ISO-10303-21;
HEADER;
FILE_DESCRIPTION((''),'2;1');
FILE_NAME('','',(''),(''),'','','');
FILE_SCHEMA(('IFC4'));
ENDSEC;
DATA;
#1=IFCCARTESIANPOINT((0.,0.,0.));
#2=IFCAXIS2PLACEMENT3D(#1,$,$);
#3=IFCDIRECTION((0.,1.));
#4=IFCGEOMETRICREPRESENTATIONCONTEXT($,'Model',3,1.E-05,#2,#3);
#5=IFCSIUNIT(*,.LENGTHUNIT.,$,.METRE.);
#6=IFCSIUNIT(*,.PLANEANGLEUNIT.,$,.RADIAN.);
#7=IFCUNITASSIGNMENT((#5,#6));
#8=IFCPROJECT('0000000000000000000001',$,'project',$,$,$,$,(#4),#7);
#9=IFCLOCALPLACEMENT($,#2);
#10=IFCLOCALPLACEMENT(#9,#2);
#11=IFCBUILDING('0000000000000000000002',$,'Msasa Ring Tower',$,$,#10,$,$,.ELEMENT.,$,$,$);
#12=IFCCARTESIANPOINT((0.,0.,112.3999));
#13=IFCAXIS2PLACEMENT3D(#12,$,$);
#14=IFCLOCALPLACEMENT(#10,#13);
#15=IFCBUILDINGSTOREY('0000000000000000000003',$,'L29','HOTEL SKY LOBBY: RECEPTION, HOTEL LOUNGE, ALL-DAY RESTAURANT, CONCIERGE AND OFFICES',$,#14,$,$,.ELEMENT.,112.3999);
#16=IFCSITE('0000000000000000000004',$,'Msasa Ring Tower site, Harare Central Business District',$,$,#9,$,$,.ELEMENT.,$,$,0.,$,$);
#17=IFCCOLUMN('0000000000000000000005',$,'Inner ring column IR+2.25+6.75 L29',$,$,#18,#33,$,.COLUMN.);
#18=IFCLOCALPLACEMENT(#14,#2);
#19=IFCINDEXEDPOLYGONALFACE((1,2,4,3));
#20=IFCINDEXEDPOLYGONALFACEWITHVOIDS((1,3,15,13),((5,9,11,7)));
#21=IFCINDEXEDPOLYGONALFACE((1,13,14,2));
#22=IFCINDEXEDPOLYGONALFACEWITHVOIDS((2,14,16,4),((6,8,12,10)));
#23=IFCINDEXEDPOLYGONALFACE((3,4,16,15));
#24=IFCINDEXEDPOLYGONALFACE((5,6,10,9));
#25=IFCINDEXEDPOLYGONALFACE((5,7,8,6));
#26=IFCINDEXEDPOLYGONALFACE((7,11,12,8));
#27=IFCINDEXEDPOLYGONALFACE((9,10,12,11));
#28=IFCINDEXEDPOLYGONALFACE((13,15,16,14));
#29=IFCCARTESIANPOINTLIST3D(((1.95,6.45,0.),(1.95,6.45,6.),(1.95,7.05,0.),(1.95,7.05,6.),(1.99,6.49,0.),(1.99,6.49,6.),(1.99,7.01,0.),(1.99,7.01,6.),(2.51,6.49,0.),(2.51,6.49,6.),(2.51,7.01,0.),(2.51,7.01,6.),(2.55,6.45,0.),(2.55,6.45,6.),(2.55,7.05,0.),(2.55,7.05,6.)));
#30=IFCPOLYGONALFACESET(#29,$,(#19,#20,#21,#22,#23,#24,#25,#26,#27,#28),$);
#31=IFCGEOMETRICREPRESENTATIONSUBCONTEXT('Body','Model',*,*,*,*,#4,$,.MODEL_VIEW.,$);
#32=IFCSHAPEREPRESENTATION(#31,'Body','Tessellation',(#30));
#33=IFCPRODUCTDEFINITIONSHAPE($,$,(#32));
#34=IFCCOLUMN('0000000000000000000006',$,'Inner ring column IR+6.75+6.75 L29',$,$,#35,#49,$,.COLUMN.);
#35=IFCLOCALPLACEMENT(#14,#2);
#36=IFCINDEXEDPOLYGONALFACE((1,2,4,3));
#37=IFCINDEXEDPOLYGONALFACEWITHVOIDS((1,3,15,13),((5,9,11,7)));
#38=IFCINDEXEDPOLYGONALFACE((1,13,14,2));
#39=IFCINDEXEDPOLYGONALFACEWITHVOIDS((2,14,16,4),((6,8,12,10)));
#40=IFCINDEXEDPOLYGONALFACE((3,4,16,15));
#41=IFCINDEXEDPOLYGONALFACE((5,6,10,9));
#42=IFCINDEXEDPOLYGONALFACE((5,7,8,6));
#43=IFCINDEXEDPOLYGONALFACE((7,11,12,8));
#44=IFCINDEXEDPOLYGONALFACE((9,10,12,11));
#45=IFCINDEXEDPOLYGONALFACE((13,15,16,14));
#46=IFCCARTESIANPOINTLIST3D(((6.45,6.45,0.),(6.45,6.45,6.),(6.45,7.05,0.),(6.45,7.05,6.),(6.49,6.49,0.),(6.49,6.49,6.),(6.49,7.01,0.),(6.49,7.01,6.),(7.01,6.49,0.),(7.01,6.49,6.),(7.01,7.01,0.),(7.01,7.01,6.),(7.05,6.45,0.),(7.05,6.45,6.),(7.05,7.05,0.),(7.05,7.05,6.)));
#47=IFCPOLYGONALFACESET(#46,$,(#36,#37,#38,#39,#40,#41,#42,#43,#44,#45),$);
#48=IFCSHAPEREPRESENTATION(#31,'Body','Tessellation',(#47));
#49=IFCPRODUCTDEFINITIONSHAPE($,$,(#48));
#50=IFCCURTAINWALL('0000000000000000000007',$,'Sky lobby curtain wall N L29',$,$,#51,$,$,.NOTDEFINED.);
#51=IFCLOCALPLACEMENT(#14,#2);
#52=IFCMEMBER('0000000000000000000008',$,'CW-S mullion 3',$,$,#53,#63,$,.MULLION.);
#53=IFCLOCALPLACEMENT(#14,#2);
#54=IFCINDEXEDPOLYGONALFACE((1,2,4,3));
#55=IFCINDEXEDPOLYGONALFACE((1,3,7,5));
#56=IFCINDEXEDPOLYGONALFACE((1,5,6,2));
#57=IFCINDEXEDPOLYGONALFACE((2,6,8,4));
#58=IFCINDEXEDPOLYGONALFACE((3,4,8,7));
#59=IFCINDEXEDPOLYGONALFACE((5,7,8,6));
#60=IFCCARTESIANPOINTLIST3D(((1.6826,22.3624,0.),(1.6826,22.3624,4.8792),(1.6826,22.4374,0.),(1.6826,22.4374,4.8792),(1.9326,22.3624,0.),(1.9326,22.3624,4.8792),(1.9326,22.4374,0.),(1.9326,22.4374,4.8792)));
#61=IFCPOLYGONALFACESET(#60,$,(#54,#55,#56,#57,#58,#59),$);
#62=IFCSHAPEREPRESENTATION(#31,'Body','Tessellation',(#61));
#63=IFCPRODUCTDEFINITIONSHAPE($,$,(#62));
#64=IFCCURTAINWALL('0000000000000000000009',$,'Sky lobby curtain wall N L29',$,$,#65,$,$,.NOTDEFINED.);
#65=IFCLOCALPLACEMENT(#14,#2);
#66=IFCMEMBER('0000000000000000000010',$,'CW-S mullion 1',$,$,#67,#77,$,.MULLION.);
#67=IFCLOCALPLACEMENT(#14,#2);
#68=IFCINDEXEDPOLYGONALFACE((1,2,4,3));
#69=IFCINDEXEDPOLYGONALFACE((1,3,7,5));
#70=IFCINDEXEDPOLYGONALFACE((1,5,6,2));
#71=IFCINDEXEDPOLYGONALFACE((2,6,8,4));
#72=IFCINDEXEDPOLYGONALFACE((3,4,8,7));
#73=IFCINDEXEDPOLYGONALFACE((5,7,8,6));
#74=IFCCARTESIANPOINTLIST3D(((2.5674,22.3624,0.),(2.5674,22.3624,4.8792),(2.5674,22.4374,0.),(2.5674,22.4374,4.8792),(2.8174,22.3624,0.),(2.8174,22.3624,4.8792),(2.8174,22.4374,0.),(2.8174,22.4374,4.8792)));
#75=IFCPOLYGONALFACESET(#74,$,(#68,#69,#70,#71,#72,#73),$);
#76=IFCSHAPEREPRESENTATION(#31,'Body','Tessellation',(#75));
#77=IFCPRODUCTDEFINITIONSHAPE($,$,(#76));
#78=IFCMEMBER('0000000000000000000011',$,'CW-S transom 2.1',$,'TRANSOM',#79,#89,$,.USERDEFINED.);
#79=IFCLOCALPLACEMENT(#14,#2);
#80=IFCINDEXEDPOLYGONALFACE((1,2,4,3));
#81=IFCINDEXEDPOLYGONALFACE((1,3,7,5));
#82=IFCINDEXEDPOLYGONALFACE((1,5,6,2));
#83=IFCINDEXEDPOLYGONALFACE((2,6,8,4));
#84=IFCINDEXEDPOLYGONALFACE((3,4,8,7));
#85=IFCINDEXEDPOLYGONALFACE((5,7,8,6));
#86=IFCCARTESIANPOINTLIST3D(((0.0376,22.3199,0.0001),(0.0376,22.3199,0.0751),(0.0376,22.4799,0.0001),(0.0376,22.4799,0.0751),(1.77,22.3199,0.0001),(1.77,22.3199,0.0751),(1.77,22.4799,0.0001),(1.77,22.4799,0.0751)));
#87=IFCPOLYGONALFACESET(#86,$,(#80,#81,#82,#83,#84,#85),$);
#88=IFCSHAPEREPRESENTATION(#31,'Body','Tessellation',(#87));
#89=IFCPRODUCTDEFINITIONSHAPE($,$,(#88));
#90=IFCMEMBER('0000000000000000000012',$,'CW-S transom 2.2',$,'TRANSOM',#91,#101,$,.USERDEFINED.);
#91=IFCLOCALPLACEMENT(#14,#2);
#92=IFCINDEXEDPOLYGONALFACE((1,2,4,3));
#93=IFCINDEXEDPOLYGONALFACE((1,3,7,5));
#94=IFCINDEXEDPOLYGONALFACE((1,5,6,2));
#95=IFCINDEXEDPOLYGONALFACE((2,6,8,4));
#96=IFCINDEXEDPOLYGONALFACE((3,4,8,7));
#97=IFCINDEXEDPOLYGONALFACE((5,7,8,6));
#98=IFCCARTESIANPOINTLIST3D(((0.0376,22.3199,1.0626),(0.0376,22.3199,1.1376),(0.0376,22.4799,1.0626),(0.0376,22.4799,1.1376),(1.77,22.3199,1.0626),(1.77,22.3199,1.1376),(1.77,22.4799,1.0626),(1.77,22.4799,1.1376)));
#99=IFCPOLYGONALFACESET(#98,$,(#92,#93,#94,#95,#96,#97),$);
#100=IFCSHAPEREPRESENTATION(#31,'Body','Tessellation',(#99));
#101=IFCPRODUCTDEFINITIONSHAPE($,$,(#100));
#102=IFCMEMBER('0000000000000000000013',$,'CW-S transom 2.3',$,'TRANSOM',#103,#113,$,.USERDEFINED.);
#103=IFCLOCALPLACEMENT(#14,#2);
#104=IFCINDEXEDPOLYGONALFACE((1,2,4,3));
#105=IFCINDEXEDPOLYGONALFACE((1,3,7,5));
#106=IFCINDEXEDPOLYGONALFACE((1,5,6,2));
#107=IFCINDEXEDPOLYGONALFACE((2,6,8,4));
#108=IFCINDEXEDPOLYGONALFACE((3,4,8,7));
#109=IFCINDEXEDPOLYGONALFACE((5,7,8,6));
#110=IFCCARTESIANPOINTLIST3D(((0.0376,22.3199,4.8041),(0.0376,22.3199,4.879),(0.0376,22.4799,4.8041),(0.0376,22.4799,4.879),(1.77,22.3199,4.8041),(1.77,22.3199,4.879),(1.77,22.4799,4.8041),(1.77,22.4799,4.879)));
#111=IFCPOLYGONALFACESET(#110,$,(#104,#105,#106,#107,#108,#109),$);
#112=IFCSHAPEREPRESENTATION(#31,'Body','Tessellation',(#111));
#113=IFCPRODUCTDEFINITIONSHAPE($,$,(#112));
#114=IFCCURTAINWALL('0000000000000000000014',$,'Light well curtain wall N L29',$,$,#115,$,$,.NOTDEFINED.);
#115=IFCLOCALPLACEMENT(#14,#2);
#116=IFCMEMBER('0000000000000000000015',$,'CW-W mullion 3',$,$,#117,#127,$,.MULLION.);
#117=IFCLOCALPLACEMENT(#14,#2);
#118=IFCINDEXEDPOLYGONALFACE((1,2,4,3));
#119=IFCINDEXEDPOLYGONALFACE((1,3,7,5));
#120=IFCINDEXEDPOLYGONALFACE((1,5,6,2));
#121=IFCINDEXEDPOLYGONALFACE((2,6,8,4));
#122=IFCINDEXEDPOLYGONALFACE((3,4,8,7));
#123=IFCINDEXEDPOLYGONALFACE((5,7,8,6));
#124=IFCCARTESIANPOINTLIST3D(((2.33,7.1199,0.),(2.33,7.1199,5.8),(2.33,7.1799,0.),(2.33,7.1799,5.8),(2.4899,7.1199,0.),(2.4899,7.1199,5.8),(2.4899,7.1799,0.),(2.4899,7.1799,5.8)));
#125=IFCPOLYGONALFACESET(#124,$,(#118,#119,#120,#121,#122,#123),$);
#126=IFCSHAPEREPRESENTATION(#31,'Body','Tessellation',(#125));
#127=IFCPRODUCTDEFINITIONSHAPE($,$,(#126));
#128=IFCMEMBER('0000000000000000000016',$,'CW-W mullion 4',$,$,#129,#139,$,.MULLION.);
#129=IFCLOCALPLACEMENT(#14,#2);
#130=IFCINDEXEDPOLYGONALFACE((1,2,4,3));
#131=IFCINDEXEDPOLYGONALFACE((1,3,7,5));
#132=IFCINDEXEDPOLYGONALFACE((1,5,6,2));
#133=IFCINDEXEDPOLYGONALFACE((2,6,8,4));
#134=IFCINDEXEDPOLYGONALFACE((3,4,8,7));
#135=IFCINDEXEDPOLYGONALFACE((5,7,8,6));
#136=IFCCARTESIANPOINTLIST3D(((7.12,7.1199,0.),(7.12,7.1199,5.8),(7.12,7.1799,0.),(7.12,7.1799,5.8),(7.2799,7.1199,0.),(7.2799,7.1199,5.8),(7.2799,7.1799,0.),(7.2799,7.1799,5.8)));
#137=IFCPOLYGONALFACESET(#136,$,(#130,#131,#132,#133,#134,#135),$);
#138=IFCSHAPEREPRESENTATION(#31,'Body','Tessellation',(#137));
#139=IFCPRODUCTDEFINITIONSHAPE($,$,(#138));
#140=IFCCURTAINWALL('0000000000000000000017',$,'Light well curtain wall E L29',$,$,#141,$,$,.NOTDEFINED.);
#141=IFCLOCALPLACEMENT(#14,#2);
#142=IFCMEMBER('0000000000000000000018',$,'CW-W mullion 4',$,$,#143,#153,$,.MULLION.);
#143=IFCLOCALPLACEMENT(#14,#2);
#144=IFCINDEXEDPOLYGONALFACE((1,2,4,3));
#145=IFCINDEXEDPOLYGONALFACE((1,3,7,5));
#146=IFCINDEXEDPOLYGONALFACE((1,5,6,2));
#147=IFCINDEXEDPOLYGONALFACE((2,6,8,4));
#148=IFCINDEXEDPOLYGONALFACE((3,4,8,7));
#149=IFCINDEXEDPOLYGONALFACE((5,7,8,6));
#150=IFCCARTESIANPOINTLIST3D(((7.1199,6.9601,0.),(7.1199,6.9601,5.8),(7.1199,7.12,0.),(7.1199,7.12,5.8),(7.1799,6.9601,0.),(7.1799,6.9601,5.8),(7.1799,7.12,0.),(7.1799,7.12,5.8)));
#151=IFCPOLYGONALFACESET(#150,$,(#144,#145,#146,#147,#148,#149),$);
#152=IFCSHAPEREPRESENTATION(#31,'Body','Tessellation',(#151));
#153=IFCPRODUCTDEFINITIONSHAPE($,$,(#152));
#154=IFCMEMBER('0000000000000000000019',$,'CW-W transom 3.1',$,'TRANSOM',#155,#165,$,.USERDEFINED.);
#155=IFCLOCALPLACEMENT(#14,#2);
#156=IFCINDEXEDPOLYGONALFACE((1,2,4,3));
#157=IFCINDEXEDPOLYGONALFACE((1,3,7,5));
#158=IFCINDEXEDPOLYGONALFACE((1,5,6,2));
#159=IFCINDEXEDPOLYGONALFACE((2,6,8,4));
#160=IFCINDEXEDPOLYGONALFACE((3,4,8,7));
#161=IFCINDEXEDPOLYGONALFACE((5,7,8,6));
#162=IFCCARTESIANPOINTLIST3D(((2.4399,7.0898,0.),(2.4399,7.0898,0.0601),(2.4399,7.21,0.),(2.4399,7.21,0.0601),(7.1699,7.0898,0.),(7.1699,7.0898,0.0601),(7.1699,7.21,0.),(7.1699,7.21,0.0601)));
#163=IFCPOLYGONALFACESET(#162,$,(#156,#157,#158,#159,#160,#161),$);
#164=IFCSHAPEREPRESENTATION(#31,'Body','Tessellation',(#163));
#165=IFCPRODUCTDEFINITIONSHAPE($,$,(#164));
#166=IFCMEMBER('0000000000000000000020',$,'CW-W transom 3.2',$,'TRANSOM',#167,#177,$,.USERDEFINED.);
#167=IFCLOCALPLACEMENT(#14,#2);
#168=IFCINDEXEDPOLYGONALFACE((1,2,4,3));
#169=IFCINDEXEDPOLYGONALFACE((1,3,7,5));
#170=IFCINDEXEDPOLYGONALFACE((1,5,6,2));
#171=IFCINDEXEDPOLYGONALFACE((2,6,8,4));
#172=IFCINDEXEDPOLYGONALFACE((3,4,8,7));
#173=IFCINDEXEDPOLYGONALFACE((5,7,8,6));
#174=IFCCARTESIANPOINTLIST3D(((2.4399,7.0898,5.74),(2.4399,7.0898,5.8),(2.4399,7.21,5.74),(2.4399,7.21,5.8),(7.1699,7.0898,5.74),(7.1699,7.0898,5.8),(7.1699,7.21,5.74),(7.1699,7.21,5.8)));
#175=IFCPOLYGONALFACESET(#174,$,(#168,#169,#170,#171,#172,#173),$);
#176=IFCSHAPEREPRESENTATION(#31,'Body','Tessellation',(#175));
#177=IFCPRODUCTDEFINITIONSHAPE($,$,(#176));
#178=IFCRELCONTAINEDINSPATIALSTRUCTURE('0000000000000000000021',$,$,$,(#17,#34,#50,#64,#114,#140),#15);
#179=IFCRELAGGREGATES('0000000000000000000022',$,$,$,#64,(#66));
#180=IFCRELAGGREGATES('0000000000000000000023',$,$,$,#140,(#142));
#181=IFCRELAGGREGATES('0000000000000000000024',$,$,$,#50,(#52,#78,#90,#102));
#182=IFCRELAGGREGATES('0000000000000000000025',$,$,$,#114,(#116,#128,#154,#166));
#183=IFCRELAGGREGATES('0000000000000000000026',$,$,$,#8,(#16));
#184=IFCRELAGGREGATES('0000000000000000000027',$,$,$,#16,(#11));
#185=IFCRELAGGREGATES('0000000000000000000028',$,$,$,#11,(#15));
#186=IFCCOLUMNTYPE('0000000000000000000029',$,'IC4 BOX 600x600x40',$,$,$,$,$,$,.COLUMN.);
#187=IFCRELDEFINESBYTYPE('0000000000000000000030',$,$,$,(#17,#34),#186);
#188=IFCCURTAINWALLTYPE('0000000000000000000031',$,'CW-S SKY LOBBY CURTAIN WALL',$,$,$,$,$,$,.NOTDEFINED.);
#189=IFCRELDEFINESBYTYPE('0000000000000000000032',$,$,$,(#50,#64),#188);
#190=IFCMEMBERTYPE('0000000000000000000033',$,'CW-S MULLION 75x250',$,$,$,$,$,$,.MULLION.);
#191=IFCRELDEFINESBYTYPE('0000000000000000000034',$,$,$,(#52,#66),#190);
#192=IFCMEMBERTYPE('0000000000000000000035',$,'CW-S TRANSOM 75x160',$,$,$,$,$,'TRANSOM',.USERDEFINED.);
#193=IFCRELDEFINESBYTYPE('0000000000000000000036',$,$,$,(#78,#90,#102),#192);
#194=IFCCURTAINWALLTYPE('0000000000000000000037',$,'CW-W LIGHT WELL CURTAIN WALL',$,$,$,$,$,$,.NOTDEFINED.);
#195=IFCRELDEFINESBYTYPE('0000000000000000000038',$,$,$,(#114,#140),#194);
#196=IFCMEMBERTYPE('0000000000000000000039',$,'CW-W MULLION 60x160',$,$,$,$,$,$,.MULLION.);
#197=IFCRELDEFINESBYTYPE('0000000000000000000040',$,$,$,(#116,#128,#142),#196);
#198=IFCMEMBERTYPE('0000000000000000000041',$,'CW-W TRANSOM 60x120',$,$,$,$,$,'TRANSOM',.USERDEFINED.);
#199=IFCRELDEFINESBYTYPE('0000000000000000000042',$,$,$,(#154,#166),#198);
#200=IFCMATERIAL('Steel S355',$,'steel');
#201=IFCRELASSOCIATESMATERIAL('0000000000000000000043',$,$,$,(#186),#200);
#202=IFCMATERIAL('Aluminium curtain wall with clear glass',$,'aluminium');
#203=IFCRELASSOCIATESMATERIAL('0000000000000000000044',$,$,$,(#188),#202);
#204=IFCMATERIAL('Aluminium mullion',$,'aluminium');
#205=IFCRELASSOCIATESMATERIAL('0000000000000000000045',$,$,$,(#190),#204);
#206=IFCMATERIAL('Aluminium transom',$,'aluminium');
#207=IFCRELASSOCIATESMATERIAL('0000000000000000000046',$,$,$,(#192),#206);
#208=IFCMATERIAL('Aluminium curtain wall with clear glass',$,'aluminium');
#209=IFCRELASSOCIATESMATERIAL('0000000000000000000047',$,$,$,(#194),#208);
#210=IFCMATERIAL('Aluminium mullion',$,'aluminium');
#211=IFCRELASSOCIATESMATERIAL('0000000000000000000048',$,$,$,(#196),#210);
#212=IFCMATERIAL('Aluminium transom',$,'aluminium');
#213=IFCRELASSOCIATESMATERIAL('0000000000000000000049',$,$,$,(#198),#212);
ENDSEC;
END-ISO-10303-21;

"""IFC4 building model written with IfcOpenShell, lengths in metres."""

from ifc_helpers import new_model, si_unit, direction, frame, origin, origin_2d, place, context, subcontext, project, spatial, rectangle, hollow_rectangle, extrude, material, material_profile, profile_set, type_object, element, aggregate, save


model = new_model("IFC4")

# Units and contexts
model_context = context("Model", 3, precision=1e-05, world=origin(), true_north=direction((0.0, 1.0)))
body_context = subcontext(model_context, "Body", "Model", "MODEL_VIEW")
ifc_project = project(units=[si_unit("LENGTHUNIT", "METRE"), si_unit("PLANEANGLEUNIT", "RADIAN")], contexts=[model_context])

# Site, building, storey
site_placement = place(None, origin())
site = spatial("IfcSite", under=ifc_project, at=site_placement, Name="Msasa Ring Tower site, Harare Central Business District", CompositionType="ELEMENT", RefElevation=0.0)
building_placement = place(site_placement, origin())
building = spatial("IfcBuilding", under=site, at=building_placement, Name="Msasa Ring Tower", CompositionType="ELEMENT")
storey_placement = place(building_placement, frame((0.0, 0.0, 112.3999)))
storey = spatial("IfcBuildingStorey", under=building, at=storey_placement, Name="L29", Description="HOTEL SKY LOBBY: RECEPTION, HOTEL LOUNGE, ALL-DAY RESTAURANT, CONCIERGE AND OFFICES", CompositionType="ELEMENT", Elevation=112.3999)

# Columns
ifc_material_1 = material(Name="Steel S355", Category="steel")
ifc_material_profile_1 = material_profile(ifc_material_1, hollow_rectangle(XDim=0.6001, YDim=0.6001, WallThickness=0.04, at=origin_2d()), Name="BOX 600x600x40")
ifc_profile_set_1 = profile_set([ifc_material_profile_1], Name="Steel S355")
column_type = type_object("IfcColumnType", Name="IC4 BOX 600x600x40", PredefinedType="COLUMN", material=ifc_profile_set_1)
for number, where, z_axis, x_axis, name in (
    (1, (2.25, 6.75, 0.0), (0.0, 0.0, 1.0), (1.0, 0.0, 0.0), "Inner ring column IR+2.25+6.75 L29"),
    (2, (6.75, 6.75, 0.0), (0.0, 0.0, 1.0), (1.0, 0.0, 0.0), "Inner ring column IR+6.75+6.75 L29"),
):
    element("IfcColumn", number, at=place(storey_placement, frame(where, z_axis=z_axis, x_axis=x_axis)), inside=storey, type_object=column_type, Name=name, PredefinedType="COLUMN", context=body_context, shape_type="SweptSolid", body=[
        extrude(hollow_rectangle(XDim=0.6001, YDim=0.6001, WallThickness=0.04, at=origin_2d()), origin(), (0.0, 0.0, 1.0), 6.0),
    ])

# Curtain walls, members
ifc_material_2 = material(Name="Aluminium curtain wall with clear glass", Category="aluminium")
curtain_wall_type_1 = type_object("IfcCurtainWallType", Name="CW-S SKY LOBBY CURTAIN WALL", PredefinedType="NOTDEFINED", material=ifc_material_2)
curtain_wall_1_placement = place(storey_placement, origin())
curtain_wall_1 = element("IfcCurtainWall", 3, at=curtain_wall_1_placement, inside=storey, type_object=curtain_wall_type_1, Name="Sky lobby curtain wall N L29", PredefinedType="NOTDEFINED")
ifc_material_3 = material(Name="Aluminium mullion", Category="aluminium")
ifc_material_profile_2 = material_profile(ifc_material_3, rectangle(XDim=0.075, YDim=0.25, at=origin_2d()), Name="AL 75x250")
ifc_profile_set_2 = profile_set([ifc_material_profile_2], Name="Aluminium mullion")
member_type_1 = type_object("IfcMemberType", Name="CW-S MULLION 75x250", PredefinedType="MULLION", material=ifc_profile_set_2)
member_1_placement = place(storey_placement, frame((1.8076, 22.3999, 0.0), z_axis=(0.0, 0.0, 1.0), x_axis=(0.0, 1.0, 0.0)))
member_1 = element("IfcMember", 4, at=member_1_placement, type_object=member_type_1, Name="CW-S mullion 3", PredefinedType="MULLION", context=body_context, shape_type="SweptSolid", body=[
    extrude(rectangle(XDim=0.075, YDim=0.25, at=origin_2d()), origin(), (0.0, 0.0, 1.0), 4.8792),
])
curtain_wall_2_placement = place(storey_placement, origin())
curtain_wall_2 = element("IfcCurtainWall", 5, at=curtain_wall_2_placement, inside=storey, type_object=curtain_wall_type_1, Name="Sky lobby curtain wall N L29", PredefinedType="NOTDEFINED")
member_2_placement = place(storey_placement, frame((2.6924, 22.3999, 0.0), z_axis=(0.0, 0.0, 1.0), x_axis=(0.0, 1.0, 0.0)))
member_2 = element("IfcMember", 6, at=member_2_placement, type_object=member_type_1, Name="CW-S mullion 1", PredefinedType="MULLION", context=body_context, shape_type="SweptSolid", body=[
    extrude(rectangle(XDim=0.075, YDim=0.25, at=origin_2d()), origin(), (0.0, 0.0, 1.0), 4.8792),
])
aggregate(curtain_wall_2, [member_2])

# Members
ifc_material_4 = material(Name="Aluminium transom", Category="aluminium")
ifc_material_profile_3 = material_profile(ifc_material_4, rectangle(XDim=0.1599, YDim=0.075, at=origin_2d()), Name="AL 75x160")
ifc_profile_set_3 = profile_set([ifc_material_profile_3], Name="Aluminium transom")
member_type_2 = type_object("IfcMemberType", Name="CW-S TRANSOM 75x160", ElementType="TRANSOM", PredefinedType="USERDEFINED", material=ifc_profile_set_3)
member_3_placement = place(storey_placement, frame((0.0376, 22.3999, 0.0376), z_axis=(1.0, 0.0, 0.0), x_axis=(0.0, 1.0, 0.0)))
member_3 = element("IfcMember", 7, at=member_3_placement, type_object=member_type_2, Name="CW-S transom 2.1", ObjectType="TRANSOM", PredefinedType="USERDEFINED", context=body_context, shape_type="SweptSolid", body=[
    extrude(rectangle(XDim=0.1599, YDim=0.075, at=origin_2d()), origin(), (0.0, 0.0, 1.0), 1.7324),
])
member_4_placement = place(storey_placement, frame((0.0376, 22.3999, 1.1001), z_axis=(1.0, 0.0, 0.0), x_axis=(0.0, 1.0, 0.0)))
member_4 = element("IfcMember", 8, at=member_4_placement, type_object=member_type_2, Name="CW-S transom 2.2", ObjectType="TRANSOM", PredefinedType="USERDEFINED", context=body_context, shape_type="SweptSolid", body=[
    extrude(rectangle(XDim=0.1599, YDim=0.075, at=origin_2d()), origin(), (0.0, 0.0, 1.0), 1.7324),
])
member_5_placement = place(storey_placement, frame((0.0376, 22.3999, 4.8416), z_axis=(1.0, 0.0, 0.0), x_axis=(0.0, 1.0, 0.0)))
member_5 = element("IfcMember", 9, at=member_5_placement, type_object=member_type_2, Name="CW-S transom 2.3", ObjectType="TRANSOM", PredefinedType="USERDEFINED", context=body_context, shape_type="SweptSolid", body=[
    extrude(rectangle(XDim=0.1599, YDim=0.075, at=origin_2d()), origin(), (0.0, 0.0, 1.0), 1.7324),
])

# Curtain wall, members
ifc_material_5 = material(Name="Aluminium curtain wall with clear glass", Category="aluminium")
curtain_wall_type_2 = type_object("IfcCurtainWallType", Name="CW-W LIGHT WELL CURTAIN WALL", PredefinedType="NOTDEFINED", material=ifc_material_5)
curtain_wall_3_placement = place(storey_placement, origin())
curtain_wall_3 = element("IfcCurtainWall", 10, at=curtain_wall_3_placement, inside=storey, type_object=curtain_wall_type_2, Name="Light well curtain wall N L29", PredefinedType="NOTDEFINED")
ifc_material_6 = material(Name="Aluminium mullion", Category="aluminium")
ifc_material_profile_4 = material_profile(ifc_material_6, rectangle(XDim=0.0601, YDim=0.1599, at=origin_2d()), Name="AL 60x160")
ifc_profile_set_4 = profile_set([ifc_material_profile_4], Name="Aluminium mullion")
member_type_3 = type_object("IfcMemberType", Name="CW-W MULLION 60x160", PredefinedType="MULLION", material=ifc_profile_set_4)
member_6_placement = place(storey_placement, frame((2.4099, 7.1499, 0.0), z_axis=(0.0, 0.0, 1.0), x_axis=(0.0, 1.0, 0.0)))
member_6 = element("IfcMember", 11, at=member_6_placement, type_object=member_type_3, Name="CW-W mullion 3", PredefinedType="MULLION", context=body_context, shape_type="SweptSolid", body=[
    extrude(rectangle(XDim=0.0601, YDim=0.1599, at=origin_2d()), origin(), (0.0, 0.0, 1.0), 5.8),
])
member_7_placement = place(storey_placement, frame((7.2, 7.1499, 0.0), z_axis=(0.0, 0.0, 1.0), x_axis=(0.0, 1.0, 0.0)))
member_7 = element("IfcMember", 12, at=member_7_placement, type_object=member_type_3, Name="CW-W mullion 4", PredefinedType="MULLION", context=body_context, shape_type="SweptSolid", body=[
    extrude(rectangle(XDim=0.0601, YDim=0.1599, at=origin_2d()), origin(), (0.0, 0.0, 1.0), 5.8),
])

# Curtain wall, member
curtain_wall_4_placement = place(storey_placement, origin())
curtain_wall_4 = element("IfcCurtainWall", 13, at=curtain_wall_4_placement, inside=storey, type_object=curtain_wall_type_2, Name="Light well curtain wall E L29", PredefinedType="NOTDEFINED")
member_8_placement = place(storey_placement, frame((7.1499, 7.04, 0.0), z_axis=(0.0, 0.0, 1.0), x_axis=(-1.0, 0.0, 0.0)))
member_8 = element("IfcMember", 14, at=member_8_placement, type_object=member_type_3, Name="CW-W mullion 4", PredefinedType="MULLION", context=body_context, shape_type="SweptSolid", body=[
    extrude(rectangle(XDim=0.0601, YDim=0.1599, at=origin_2d()), origin(), (0.0, 0.0, 1.0), 5.8),
])
aggregate(curtain_wall_4, [member_8])

# Members
ifc_material_7 = material(Name="Aluminium transom", Category="aluminium")
ifc_material_profile_5 = material_profile(ifc_material_7, rectangle(XDim=0.1201, YDim=0.0601, at=origin_2d()), Name="AL 60x120")
ifc_profile_set_5 = profile_set([ifc_material_profile_5], Name="Aluminium transom")
member_type_4 = type_object("IfcMemberType", Name="CW-W TRANSOM 60x120", ElementType="TRANSOM", PredefinedType="USERDEFINED", material=ifc_profile_set_5)
member_9_placement = place(storey_placement, frame((2.4399, 7.1499, 0.03), z_axis=(1.0, 0.0, 0.0), x_axis=(0.0, 1.0, 0.0)))
member_9 = element("IfcMember", 15, at=member_9_placement, type_object=member_type_4, Name="CW-W transom 3.1", ObjectType="TRANSOM", PredefinedType="USERDEFINED", context=body_context, shape_type="SweptSolid", body=[
    extrude(rectangle(XDim=0.1201, YDim=0.0601, at=origin_2d()), origin(), (0.0, 0.0, 1.0), 4.73),
])
member_10_placement = place(storey_placement, frame((2.4399, 7.1499, 5.77), z_axis=(1.0, 0.0, 0.0), x_axis=(0.0, 1.0, 0.0)))
member_10 = element("IfcMember", 16, at=member_10_placement, type_object=member_type_4, Name="CW-W transom 3.2", ObjectType="TRANSOM", PredefinedType="USERDEFINED", context=body_context, shape_type="SweptSolid", body=[
    extrude(rectangle(XDim=0.1201, YDim=0.0601, at=origin_2d()), origin(), (0.0, 0.0, 1.0), 4.73),
])

aggregate(curtain_wall_1, [member_1, member_3, member_4, member_5])
aggregate(curtain_wall_3, [member_6, member_7, member_9, member_10])

save(model, "model.ifc")
